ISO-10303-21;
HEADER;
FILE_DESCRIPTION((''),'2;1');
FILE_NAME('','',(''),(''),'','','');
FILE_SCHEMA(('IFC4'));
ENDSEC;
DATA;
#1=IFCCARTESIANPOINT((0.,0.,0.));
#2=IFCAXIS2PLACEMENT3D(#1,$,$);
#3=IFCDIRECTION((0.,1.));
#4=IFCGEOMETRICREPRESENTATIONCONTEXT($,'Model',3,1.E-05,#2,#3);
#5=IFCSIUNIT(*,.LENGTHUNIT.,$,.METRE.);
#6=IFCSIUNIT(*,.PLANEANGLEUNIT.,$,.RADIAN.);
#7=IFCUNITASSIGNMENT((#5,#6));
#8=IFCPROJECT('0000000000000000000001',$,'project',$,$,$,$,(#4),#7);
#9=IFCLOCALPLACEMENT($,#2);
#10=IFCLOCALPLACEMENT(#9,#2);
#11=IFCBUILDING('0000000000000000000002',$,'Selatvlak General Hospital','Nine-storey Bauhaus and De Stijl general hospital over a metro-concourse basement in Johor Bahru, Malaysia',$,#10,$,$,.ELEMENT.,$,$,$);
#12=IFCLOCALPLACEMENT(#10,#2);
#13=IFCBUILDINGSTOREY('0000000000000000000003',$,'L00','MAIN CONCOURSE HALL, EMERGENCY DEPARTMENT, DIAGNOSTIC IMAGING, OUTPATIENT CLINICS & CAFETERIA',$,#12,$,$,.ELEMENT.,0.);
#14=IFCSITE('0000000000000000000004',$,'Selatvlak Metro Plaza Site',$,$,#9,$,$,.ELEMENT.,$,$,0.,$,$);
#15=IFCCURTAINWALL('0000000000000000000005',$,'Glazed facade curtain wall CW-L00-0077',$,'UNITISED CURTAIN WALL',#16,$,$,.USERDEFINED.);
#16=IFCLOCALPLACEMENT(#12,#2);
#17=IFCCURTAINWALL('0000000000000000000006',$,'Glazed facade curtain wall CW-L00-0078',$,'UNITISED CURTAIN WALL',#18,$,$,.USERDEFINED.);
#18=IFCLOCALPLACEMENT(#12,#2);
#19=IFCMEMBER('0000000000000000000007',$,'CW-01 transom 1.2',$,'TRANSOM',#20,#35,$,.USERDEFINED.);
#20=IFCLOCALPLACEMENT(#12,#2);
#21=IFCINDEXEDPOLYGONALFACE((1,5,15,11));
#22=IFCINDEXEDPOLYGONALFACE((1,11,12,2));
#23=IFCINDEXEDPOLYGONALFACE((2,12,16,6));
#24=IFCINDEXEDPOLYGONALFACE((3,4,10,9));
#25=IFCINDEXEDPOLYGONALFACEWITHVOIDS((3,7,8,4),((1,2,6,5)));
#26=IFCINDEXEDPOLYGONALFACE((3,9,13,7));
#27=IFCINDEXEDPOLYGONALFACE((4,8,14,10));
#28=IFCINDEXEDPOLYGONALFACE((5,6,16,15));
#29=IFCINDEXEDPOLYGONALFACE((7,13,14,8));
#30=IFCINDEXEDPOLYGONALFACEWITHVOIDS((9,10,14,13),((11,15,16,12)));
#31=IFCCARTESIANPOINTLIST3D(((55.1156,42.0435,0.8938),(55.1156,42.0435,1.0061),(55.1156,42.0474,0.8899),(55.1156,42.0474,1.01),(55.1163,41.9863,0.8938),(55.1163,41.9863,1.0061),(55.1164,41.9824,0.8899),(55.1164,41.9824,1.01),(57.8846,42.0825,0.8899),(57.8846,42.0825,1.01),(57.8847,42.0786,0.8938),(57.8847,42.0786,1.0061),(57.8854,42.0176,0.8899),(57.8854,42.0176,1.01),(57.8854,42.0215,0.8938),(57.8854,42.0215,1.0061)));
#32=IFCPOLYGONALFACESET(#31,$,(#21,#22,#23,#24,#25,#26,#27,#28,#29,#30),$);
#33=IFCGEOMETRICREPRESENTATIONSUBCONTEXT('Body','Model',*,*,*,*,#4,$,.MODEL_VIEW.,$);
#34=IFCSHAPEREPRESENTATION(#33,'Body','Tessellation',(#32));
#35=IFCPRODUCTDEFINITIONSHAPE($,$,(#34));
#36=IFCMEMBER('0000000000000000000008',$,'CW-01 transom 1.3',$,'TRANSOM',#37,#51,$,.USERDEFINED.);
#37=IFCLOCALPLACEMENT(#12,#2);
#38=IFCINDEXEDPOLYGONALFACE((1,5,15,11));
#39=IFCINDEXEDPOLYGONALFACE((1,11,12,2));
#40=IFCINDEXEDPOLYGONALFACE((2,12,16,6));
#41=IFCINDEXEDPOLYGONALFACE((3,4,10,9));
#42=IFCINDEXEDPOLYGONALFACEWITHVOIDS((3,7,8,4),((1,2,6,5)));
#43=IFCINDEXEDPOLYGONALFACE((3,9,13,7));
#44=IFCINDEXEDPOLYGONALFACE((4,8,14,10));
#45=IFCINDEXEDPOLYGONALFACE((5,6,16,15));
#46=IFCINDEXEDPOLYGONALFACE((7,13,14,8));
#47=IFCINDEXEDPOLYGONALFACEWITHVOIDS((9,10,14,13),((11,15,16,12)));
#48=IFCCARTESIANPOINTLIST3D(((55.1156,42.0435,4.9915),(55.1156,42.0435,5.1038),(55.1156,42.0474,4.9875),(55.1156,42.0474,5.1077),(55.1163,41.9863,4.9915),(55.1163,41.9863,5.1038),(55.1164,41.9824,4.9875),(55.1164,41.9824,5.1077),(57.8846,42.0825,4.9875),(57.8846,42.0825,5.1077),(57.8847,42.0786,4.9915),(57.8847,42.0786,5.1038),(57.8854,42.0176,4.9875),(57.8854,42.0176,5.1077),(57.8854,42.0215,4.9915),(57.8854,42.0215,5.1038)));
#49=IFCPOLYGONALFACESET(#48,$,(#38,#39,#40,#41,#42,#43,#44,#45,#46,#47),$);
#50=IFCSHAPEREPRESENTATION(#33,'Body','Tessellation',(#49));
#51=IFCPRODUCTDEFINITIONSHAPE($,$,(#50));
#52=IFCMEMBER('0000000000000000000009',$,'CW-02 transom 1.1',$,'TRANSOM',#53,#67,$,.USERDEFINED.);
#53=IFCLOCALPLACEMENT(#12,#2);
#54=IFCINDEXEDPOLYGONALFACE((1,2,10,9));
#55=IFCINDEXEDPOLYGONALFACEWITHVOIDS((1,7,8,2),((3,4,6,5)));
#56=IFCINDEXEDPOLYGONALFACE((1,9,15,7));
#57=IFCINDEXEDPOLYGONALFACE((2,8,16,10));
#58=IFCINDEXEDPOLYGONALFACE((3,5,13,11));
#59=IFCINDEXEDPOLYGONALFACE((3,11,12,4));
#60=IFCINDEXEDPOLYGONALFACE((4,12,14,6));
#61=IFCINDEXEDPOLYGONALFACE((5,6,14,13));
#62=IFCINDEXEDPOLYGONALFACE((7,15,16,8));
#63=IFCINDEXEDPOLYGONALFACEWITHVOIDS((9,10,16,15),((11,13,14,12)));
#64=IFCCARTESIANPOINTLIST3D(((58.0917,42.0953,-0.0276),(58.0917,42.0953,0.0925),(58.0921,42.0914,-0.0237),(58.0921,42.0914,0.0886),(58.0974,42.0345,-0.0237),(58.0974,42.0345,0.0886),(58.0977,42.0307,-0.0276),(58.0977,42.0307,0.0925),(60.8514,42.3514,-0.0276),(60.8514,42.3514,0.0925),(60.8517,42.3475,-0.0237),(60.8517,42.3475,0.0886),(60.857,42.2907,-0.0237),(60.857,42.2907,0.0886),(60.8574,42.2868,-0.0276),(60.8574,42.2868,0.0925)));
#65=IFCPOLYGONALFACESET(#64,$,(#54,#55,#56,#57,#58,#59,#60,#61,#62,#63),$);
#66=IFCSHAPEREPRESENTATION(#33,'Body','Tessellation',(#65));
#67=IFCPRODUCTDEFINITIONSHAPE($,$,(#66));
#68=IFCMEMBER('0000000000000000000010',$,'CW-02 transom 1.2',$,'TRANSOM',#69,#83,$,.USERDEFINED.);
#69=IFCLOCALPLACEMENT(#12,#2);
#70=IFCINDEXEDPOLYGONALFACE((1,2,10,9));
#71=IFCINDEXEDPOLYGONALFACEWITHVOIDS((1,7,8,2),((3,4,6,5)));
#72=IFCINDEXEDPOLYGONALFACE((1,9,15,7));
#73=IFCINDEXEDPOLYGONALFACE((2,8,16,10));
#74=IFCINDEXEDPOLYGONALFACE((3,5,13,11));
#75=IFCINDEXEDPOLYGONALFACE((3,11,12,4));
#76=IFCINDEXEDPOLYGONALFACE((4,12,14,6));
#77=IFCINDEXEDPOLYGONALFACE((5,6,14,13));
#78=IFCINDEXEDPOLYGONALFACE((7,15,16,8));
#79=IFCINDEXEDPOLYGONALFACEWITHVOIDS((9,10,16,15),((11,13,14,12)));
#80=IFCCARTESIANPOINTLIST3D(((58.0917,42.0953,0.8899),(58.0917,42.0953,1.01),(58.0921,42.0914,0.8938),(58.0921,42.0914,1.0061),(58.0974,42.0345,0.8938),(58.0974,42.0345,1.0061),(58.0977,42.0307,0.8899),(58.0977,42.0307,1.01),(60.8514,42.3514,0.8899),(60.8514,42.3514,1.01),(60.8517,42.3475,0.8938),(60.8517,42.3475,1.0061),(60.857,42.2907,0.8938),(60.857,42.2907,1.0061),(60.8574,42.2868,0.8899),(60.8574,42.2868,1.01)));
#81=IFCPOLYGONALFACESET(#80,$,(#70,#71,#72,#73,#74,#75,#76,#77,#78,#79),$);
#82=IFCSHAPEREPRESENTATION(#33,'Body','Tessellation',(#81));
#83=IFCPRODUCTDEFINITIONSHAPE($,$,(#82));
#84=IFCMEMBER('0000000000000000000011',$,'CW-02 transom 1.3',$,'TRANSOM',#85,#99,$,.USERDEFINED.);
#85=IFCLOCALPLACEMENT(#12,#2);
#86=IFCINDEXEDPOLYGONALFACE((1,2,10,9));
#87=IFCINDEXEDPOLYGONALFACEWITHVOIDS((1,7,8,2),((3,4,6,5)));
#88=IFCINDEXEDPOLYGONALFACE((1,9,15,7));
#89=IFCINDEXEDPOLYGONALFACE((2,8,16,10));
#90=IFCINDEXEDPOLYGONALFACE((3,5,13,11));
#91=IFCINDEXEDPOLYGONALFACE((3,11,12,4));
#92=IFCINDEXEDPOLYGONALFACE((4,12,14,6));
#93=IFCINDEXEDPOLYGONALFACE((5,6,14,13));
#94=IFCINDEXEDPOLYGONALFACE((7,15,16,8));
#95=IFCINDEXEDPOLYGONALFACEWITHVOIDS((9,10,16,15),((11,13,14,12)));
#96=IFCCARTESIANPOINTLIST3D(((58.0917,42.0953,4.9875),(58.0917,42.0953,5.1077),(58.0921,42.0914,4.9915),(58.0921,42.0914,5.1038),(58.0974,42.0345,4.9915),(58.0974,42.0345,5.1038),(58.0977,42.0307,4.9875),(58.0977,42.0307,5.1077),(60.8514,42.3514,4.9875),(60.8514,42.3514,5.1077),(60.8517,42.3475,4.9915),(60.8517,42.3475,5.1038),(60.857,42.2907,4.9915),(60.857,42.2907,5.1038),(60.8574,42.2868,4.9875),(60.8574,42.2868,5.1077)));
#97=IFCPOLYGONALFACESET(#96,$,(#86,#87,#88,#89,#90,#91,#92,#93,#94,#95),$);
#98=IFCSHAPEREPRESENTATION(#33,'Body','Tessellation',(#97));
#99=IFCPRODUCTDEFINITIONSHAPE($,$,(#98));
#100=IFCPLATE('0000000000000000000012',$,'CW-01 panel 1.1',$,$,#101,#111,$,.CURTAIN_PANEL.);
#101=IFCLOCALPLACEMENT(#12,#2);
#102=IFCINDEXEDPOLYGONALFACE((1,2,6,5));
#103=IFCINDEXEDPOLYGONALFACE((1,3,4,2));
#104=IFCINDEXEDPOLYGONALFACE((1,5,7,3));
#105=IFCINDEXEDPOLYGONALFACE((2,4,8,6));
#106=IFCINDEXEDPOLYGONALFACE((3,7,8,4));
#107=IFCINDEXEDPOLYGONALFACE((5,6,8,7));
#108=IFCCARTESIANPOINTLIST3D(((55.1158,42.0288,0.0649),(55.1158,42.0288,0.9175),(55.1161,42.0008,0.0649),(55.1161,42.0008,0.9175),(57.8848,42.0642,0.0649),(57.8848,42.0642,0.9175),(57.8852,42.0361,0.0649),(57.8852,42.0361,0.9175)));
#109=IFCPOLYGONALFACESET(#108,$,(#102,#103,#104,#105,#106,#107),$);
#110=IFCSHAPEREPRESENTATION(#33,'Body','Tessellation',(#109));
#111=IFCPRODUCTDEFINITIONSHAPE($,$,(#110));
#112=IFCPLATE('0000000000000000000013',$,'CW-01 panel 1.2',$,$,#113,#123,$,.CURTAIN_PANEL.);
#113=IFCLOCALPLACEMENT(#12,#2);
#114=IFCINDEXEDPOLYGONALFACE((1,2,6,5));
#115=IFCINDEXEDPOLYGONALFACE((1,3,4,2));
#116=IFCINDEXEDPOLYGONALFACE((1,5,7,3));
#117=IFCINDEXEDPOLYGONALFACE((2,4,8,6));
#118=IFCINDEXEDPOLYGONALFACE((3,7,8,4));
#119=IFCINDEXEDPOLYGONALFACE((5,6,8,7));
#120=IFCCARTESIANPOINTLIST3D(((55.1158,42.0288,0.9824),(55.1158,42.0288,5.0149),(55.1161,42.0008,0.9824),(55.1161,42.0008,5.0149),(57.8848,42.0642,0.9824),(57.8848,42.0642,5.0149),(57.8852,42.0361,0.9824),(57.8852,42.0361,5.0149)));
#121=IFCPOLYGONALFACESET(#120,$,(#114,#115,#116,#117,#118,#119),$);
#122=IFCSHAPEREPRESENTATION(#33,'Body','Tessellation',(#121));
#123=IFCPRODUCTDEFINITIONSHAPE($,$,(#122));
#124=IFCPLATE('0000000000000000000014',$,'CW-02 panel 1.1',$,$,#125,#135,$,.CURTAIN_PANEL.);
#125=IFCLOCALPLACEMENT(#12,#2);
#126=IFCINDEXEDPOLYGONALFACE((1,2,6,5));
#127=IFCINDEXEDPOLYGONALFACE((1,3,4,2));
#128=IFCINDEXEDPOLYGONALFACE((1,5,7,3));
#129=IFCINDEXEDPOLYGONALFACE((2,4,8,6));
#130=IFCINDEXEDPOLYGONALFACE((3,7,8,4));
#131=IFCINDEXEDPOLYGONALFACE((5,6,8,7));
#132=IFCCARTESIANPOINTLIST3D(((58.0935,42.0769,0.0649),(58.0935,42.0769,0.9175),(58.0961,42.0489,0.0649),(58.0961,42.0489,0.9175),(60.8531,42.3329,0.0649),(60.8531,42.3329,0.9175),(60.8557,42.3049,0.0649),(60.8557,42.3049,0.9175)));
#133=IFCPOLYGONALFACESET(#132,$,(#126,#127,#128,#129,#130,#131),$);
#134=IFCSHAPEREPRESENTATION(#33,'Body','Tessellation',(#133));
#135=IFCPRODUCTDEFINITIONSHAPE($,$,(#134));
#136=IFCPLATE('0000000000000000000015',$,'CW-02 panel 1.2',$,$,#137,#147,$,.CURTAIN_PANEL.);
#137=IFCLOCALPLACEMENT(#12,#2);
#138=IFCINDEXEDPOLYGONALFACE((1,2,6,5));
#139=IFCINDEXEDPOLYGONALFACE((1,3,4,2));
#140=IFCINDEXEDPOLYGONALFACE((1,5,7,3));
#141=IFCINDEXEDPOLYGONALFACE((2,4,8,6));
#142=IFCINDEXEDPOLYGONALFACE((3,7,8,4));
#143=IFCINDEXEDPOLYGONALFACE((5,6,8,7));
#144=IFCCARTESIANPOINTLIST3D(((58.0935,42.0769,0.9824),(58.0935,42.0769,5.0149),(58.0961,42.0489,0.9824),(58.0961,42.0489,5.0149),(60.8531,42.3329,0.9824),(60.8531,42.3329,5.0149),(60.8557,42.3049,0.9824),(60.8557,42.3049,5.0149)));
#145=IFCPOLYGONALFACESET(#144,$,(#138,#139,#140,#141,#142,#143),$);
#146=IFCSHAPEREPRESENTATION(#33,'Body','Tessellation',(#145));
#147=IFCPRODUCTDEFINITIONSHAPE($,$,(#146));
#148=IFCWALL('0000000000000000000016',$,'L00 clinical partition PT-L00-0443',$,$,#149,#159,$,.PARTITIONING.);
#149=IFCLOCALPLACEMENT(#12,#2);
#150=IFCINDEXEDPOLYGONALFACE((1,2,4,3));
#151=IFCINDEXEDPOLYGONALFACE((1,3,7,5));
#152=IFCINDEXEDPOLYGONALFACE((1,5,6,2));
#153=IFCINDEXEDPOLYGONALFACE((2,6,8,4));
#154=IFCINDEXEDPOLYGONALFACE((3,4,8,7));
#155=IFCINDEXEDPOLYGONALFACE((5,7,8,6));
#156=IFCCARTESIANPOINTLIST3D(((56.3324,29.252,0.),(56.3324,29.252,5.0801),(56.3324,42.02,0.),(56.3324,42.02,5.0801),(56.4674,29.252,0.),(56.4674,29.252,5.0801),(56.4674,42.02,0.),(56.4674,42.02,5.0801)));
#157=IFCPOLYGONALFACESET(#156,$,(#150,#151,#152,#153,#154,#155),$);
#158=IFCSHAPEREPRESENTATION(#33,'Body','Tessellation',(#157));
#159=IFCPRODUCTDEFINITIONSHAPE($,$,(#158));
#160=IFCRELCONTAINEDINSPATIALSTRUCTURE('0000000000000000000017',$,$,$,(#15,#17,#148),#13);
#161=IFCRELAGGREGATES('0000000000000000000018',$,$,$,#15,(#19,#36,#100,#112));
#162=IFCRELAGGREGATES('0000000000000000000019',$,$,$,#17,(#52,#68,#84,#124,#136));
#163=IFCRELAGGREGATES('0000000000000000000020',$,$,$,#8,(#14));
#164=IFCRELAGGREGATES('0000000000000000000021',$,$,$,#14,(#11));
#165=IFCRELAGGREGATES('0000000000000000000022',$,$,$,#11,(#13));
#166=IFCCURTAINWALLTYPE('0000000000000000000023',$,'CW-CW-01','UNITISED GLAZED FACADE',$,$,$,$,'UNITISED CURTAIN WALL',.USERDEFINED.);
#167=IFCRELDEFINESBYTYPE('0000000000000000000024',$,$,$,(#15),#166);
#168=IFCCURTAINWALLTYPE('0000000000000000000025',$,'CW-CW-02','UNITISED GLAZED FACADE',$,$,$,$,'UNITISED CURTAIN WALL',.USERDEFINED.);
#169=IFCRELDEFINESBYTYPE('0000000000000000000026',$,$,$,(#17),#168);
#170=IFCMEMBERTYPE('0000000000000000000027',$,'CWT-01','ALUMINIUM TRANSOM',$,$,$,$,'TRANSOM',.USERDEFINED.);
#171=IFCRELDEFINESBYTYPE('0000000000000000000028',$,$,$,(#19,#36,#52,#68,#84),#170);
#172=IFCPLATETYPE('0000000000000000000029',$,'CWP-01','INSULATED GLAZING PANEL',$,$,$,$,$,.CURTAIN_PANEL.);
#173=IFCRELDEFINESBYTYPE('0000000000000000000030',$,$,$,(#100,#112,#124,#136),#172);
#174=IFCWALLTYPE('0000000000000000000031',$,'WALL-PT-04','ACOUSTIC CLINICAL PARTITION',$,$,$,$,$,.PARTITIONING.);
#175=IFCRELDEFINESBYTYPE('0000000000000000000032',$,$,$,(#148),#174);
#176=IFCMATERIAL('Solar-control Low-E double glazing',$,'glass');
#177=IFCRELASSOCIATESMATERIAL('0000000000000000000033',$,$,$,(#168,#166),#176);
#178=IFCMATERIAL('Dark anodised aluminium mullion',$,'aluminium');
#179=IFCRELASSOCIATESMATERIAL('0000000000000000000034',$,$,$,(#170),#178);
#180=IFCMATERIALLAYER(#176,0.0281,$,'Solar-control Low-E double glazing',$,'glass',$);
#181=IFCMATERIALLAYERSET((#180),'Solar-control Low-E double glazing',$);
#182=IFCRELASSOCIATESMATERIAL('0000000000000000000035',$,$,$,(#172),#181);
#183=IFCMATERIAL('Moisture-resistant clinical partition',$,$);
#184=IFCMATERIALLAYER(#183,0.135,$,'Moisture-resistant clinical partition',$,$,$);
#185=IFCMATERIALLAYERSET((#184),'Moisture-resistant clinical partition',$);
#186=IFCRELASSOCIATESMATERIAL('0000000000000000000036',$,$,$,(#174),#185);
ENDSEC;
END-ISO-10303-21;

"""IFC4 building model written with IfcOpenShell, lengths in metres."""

from ifc_helpers import new_model, si_unit, direction, frame, frame_2d, origin, origin_2d, place, context, subcontext, project, spatial, rectangle, hollow_rectangle, extrude, material, layer, layer_set, material_profile, profile_set, type_object, element, aggregate, save


model = new_model("IFC4")

# Units and contexts
model_context = context("Model", 3, precision=1e-05, world=origin(), true_north=direction((0.0, 1.0)))
body_context = subcontext(model_context, "Body", "Model", "MODEL_VIEW")
ifc_project = project(units=[si_unit("LENGTHUNIT", "METRE"), si_unit("PLANEANGLEUNIT", "RADIAN")], contexts=[model_context])

# Site, building, storey
site_placement = place(None, origin())
site = spatial("IfcSite", under=ifc_project, at=site_placement, Name="Selatvlak Metro Plaza Site", CompositionType="ELEMENT", RefElevation=0.0)
building_placement = place(site_placement, origin())
building = spatial("IfcBuilding", under=site, at=building_placement, Name="Selatvlak General Hospital", Description="Nine-storey Bauhaus and De Stijl general hospital over a metro-concourse basement in Johor Bahru, Malaysia", CompositionType="ELEMENT")
storey_placement = place(building_placement, origin())
storey = spatial("IfcBuildingStorey", under=building, at=storey_placement, Name="L00", Description="MAIN CONCOURSE HALL, EMERGENCY DEPARTMENT, DIAGNOSTIC IMAGING, OUTPATIENT CLINICS & CAFETERIA", CompositionType="ELEMENT", Elevation=0.0)

# Shared definitions
ifc_material_1 = material(Name="Solar-control Low-E double glazing", Category="glass")
curtain_wall_type_1 = type_object("IfcCurtainWallType", Name="CW-CW-02", Description="UNITISED GLAZED FACADE", ElementType="UNITISED CURTAIN WALL", PredefinedType="USERDEFINED", material=ifc_material_1)
ifc_material_2 = material(Name="Dark anodised aluminium mullion", Category="aluminium")

# Curtain wall
curtain_wall_type_2 = type_object("IfcCurtainWallType", Name="CW-CW-01", Description="UNITISED GLAZED FACADE", ElementType="UNITISED CURTAIN WALL", PredefinedType="USERDEFINED", material=ifc_material_1)
curtain_wall_1_placement = place(storey_placement, origin())
curtain_wall_1 = element("IfcCurtainWall", 1, at=curtain_wall_1_placement, inside=storey, type_object=curtain_wall_type_2, Name="Glazed facade curtain wall CW-L00-0077", ObjectType="UNITISED CURTAIN WALL", PredefinedType="USERDEFINED")

# Curtain wall
curtain_wall_2_placement = place(storey_placement, origin())
curtain_wall_2 = element("IfcCurtainWall", 2, at=curtain_wall_2_placement, inside=storey, type_object=curtain_wall_type_1, Name="Glazed facade curtain wall CW-L00-0078", ObjectType="UNITISED CURTAIN WALL", PredefinedType="USERDEFINED")

# Members
ifc_material_profile_1 = material_profile(ifc_material_2, hollow_rectangle(XDim=0.0649, YDim=0.1201, WallThickness=0.0039, at=origin_2d()), Name="AL-TRN 65x120x4")
ifc_profile_set_1 = profile_set([ifc_material_profile_1], Name="Dark anodised aluminium mullion")
member_type_1 = type_object("IfcMemberType", Name="CWT-01", Description="ALUMINIUM TRANSOM", ElementType="TRANSOM", PredefinedType="USERDEFINED", material=ifc_profile_set_1)
member_1_placement = place(storey_placement, frame((55.116, 42.0149, 0.95), z_axis=(0.999919, 0.012695, 0.0), x_axis=(-0.012695, 0.999919, 0.0)))
member_1 = element("IfcMember", 3, at=member_1_placement, type_object=member_type_1, Name="CW-01 transom 1.2", ObjectType="TRANSOM", PredefinedType="USERDEFINED", context=body_context, shape_type="SweptSolid", body=[
    extrude(hollow_rectangle(XDim=0.0649, YDim=0.1201, WallThickness=0.0039, at=origin_2d()), origin(), (0.0, 0.0, 1.0), 2.7693),
])
member_2_placement = place(storey_placement, frame((55.116, 42.0149, 5.0476), z_axis=(0.999919, 0.012695, 0.0), x_axis=(-0.012695, 0.999919, 0.0)))
member_2 = element("IfcMember", 4, at=member_2_placement, type_object=member_type_1, Name="CW-01 transom 1.3", ObjectType="TRANSOM", PredefinedType="USERDEFINED", context=body_context, shape_type="SweptSolid", body=[
    extrude(hollow_rectangle(XDim=0.0649, YDim=0.1201, WallThickness=0.0039, at=origin_2d()), origin(), (0.0, 0.0, 1.0), 2.7693),
])
member_3_placement = place(storey_placement, frame((58.0947, 42.063, 0.0325), z_axis=(0.995721, 0.09241, 0.0), x_axis=(-0.09241, 0.995721, 0.0)))
member_3 = element("IfcMember", 5, at=member_3_placement, type_object=member_type_1, Name="CW-02 transom 1.1", ObjectType="TRANSOM", PredefinedType="USERDEFINED", context=body_context, shape_type="SweptSolid", body=[
    extrude(hollow_rectangle(XDim=0.0649, YDim=0.1201, WallThickness=0.0039, at=origin_2d()), origin(), (0.0, 0.0, 1.0), 2.7715),
])
member_4_placement = place(storey_placement, frame((58.0947, 42.063, 0.95), z_axis=(0.995721, 0.09241, 0.0), x_axis=(-0.09241, 0.995721, 0.0)))
member_4 = element("IfcMember", 6, at=member_4_placement, type_object=member_type_1, Name="CW-02 transom 1.2", ObjectType="TRANSOM", PredefinedType="USERDEFINED", context=body_context, shape_type="SweptSolid", body=[
    extrude(hollow_rectangle(XDim=0.0649, YDim=0.1201, WallThickness=0.0039, at=origin_2d()), origin(), (0.0, 0.0, 1.0), 2.7715),
])
member_5_placement = place(storey_placement, frame((58.0947, 42.063, 5.0476), z_axis=(0.995721, 0.09241, 0.0), x_axis=(-0.09241, 0.995721, 0.0)))
member_5 = element("IfcMember", 7, at=member_5_placement, type_object=member_type_1, Name="CW-02 transom 1.3", ObjectType="TRANSOM", PredefinedType="USERDEFINED", context=body_context, shape_type="SweptSolid", body=[
    extrude(hollow_rectangle(XDim=0.0649, YDim=0.1201, WallThickness=0.0039, at=origin_2d()), origin(), (0.0, 0.0, 1.0), 2.7715),
])

# Plates
ifc_layer_1 = layer(ifc_material_1, 0.0281, Name="Solar-control Low-E double glazing", Category="glass")
ifc_layer_set_1 = layer_set([ifc_layer_1], Name="Solar-control Low-E double glazing")
plate_type = type_object("IfcPlateType", Name="CWP-01", Description="INSULATED GLAZING PANEL", PredefinedType="CURTAIN_PANEL", material=ifc_layer_set_1)
plate_1_placement = place(storey_placement, frame((56.5005, 42.0325, 0.0649), z_axis=(0.0, 0.0, 1.0), x_axis=(0.999919, 0.012762, 0.0)))
plate_1 = element("IfcPlate", 8, at=plate_1_placement, type_object=plate_type, Name="CW-01 panel 1.1", PredefinedType="CURTAIN_PANEL", context=body_context, shape_type="SweptSolid", body=[
    extrude(rectangle(XDim=2.7693, YDim=0.0281, at=origin_2d()), origin(), (0.0, 0.0, 1.0), 0.8525),
])
plate_2_placement = place(storey_placement, frame((56.5005, 42.0325, 0.9824), z_axis=(0.0, 0.0, 1.0), x_axis=(0.999919, 0.012762, 0.0)))
plate_2 = element("IfcPlate", 9, at=plate_2_placement, type_object=plate_type, Name="CW-01 panel 1.2", PredefinedType="CURTAIN_PANEL", context=body_context, shape_type="SweptSolid", body=[
    extrude(rectangle(XDim=2.7693, YDim=0.0281, at=origin_2d()), origin(), (0.0, 0.0, 1.0), 4.0325),
])
aggregate(curtain_wall_1, [member_1, member_2, plate_1, plate_2])
plate_3_placement = place(storey_placement, frame((59.4746, 42.1909, 0.0649), z_axis=(0.0, 0.0, 1.0), x_axis=(0.995725, 0.092369, 0.0)))
plate_3 = element("IfcPlate", 10, at=plate_3_placement, type_object=plate_type, Name="CW-02 panel 1.1", PredefinedType="CURTAIN_PANEL", context=body_context, shape_type="SweptSolid", body=[
    extrude(rectangle(XDim=2.7715, YDim=0.0281, at=origin_2d()), origin(), (0.0, 0.0, 1.0), 0.8525),
])
plate_4_placement = place(storey_placement, frame((59.4746, 42.1909, 0.9824), z_axis=(0.0, 0.0, 1.0), x_axis=(0.995725, 0.092369, 0.0)))
plate_4 = element("IfcPlate", 11, at=plate_4_placement, type_object=plate_type, Name="CW-02 panel 1.2", PredefinedType="CURTAIN_PANEL", context=body_context, shape_type="SweptSolid", body=[
    extrude(rectangle(XDim=2.7715, YDim=0.0281, at=origin_2d()), origin(), (0.0, 0.0, 1.0), 4.0325),
])
aggregate(curtain_wall_2, [member_3, member_4, member_5, plate_3, plate_4])

# Wall
ifc_material_3 = material(Name="Moisture-resistant clinical partition")
ifc_layer_2 = layer(ifc_material_3, 0.135, Name="Moisture-resistant clinical partition")
ifc_layer_set_2 = layer_set([ifc_layer_2], Name="Moisture-resistant clinical partition")
wall_type = type_object("IfcWallType", Name="WALL-PT-04", Description="ACOUSTIC CLINICAL PARTITION", PredefinedType="PARTITIONING", material=ifc_layer_set_2)
wall_placement = place(storey_placement, frame((56.3999, 42.02, 0.0), z_axis=(0.0, 0.0, 1.0), x_axis=(0.0, -1.0, 0.0)))
element("IfcWall", 12, at=wall_placement, inside=storey, type_object=wall_type, Name="L00 clinical partition PT-L00-0443", PredefinedType="PARTITIONING", context=body_context, shape_type="SweptSolid", body=[
    extrude(rectangle(XDim=12.7681, YDim=0.135, at=frame_2d((6.384, 0.0))), origin(), (0.0, 0.0, 1.0), 5.0801),
])

save(model, "model.ifc")
